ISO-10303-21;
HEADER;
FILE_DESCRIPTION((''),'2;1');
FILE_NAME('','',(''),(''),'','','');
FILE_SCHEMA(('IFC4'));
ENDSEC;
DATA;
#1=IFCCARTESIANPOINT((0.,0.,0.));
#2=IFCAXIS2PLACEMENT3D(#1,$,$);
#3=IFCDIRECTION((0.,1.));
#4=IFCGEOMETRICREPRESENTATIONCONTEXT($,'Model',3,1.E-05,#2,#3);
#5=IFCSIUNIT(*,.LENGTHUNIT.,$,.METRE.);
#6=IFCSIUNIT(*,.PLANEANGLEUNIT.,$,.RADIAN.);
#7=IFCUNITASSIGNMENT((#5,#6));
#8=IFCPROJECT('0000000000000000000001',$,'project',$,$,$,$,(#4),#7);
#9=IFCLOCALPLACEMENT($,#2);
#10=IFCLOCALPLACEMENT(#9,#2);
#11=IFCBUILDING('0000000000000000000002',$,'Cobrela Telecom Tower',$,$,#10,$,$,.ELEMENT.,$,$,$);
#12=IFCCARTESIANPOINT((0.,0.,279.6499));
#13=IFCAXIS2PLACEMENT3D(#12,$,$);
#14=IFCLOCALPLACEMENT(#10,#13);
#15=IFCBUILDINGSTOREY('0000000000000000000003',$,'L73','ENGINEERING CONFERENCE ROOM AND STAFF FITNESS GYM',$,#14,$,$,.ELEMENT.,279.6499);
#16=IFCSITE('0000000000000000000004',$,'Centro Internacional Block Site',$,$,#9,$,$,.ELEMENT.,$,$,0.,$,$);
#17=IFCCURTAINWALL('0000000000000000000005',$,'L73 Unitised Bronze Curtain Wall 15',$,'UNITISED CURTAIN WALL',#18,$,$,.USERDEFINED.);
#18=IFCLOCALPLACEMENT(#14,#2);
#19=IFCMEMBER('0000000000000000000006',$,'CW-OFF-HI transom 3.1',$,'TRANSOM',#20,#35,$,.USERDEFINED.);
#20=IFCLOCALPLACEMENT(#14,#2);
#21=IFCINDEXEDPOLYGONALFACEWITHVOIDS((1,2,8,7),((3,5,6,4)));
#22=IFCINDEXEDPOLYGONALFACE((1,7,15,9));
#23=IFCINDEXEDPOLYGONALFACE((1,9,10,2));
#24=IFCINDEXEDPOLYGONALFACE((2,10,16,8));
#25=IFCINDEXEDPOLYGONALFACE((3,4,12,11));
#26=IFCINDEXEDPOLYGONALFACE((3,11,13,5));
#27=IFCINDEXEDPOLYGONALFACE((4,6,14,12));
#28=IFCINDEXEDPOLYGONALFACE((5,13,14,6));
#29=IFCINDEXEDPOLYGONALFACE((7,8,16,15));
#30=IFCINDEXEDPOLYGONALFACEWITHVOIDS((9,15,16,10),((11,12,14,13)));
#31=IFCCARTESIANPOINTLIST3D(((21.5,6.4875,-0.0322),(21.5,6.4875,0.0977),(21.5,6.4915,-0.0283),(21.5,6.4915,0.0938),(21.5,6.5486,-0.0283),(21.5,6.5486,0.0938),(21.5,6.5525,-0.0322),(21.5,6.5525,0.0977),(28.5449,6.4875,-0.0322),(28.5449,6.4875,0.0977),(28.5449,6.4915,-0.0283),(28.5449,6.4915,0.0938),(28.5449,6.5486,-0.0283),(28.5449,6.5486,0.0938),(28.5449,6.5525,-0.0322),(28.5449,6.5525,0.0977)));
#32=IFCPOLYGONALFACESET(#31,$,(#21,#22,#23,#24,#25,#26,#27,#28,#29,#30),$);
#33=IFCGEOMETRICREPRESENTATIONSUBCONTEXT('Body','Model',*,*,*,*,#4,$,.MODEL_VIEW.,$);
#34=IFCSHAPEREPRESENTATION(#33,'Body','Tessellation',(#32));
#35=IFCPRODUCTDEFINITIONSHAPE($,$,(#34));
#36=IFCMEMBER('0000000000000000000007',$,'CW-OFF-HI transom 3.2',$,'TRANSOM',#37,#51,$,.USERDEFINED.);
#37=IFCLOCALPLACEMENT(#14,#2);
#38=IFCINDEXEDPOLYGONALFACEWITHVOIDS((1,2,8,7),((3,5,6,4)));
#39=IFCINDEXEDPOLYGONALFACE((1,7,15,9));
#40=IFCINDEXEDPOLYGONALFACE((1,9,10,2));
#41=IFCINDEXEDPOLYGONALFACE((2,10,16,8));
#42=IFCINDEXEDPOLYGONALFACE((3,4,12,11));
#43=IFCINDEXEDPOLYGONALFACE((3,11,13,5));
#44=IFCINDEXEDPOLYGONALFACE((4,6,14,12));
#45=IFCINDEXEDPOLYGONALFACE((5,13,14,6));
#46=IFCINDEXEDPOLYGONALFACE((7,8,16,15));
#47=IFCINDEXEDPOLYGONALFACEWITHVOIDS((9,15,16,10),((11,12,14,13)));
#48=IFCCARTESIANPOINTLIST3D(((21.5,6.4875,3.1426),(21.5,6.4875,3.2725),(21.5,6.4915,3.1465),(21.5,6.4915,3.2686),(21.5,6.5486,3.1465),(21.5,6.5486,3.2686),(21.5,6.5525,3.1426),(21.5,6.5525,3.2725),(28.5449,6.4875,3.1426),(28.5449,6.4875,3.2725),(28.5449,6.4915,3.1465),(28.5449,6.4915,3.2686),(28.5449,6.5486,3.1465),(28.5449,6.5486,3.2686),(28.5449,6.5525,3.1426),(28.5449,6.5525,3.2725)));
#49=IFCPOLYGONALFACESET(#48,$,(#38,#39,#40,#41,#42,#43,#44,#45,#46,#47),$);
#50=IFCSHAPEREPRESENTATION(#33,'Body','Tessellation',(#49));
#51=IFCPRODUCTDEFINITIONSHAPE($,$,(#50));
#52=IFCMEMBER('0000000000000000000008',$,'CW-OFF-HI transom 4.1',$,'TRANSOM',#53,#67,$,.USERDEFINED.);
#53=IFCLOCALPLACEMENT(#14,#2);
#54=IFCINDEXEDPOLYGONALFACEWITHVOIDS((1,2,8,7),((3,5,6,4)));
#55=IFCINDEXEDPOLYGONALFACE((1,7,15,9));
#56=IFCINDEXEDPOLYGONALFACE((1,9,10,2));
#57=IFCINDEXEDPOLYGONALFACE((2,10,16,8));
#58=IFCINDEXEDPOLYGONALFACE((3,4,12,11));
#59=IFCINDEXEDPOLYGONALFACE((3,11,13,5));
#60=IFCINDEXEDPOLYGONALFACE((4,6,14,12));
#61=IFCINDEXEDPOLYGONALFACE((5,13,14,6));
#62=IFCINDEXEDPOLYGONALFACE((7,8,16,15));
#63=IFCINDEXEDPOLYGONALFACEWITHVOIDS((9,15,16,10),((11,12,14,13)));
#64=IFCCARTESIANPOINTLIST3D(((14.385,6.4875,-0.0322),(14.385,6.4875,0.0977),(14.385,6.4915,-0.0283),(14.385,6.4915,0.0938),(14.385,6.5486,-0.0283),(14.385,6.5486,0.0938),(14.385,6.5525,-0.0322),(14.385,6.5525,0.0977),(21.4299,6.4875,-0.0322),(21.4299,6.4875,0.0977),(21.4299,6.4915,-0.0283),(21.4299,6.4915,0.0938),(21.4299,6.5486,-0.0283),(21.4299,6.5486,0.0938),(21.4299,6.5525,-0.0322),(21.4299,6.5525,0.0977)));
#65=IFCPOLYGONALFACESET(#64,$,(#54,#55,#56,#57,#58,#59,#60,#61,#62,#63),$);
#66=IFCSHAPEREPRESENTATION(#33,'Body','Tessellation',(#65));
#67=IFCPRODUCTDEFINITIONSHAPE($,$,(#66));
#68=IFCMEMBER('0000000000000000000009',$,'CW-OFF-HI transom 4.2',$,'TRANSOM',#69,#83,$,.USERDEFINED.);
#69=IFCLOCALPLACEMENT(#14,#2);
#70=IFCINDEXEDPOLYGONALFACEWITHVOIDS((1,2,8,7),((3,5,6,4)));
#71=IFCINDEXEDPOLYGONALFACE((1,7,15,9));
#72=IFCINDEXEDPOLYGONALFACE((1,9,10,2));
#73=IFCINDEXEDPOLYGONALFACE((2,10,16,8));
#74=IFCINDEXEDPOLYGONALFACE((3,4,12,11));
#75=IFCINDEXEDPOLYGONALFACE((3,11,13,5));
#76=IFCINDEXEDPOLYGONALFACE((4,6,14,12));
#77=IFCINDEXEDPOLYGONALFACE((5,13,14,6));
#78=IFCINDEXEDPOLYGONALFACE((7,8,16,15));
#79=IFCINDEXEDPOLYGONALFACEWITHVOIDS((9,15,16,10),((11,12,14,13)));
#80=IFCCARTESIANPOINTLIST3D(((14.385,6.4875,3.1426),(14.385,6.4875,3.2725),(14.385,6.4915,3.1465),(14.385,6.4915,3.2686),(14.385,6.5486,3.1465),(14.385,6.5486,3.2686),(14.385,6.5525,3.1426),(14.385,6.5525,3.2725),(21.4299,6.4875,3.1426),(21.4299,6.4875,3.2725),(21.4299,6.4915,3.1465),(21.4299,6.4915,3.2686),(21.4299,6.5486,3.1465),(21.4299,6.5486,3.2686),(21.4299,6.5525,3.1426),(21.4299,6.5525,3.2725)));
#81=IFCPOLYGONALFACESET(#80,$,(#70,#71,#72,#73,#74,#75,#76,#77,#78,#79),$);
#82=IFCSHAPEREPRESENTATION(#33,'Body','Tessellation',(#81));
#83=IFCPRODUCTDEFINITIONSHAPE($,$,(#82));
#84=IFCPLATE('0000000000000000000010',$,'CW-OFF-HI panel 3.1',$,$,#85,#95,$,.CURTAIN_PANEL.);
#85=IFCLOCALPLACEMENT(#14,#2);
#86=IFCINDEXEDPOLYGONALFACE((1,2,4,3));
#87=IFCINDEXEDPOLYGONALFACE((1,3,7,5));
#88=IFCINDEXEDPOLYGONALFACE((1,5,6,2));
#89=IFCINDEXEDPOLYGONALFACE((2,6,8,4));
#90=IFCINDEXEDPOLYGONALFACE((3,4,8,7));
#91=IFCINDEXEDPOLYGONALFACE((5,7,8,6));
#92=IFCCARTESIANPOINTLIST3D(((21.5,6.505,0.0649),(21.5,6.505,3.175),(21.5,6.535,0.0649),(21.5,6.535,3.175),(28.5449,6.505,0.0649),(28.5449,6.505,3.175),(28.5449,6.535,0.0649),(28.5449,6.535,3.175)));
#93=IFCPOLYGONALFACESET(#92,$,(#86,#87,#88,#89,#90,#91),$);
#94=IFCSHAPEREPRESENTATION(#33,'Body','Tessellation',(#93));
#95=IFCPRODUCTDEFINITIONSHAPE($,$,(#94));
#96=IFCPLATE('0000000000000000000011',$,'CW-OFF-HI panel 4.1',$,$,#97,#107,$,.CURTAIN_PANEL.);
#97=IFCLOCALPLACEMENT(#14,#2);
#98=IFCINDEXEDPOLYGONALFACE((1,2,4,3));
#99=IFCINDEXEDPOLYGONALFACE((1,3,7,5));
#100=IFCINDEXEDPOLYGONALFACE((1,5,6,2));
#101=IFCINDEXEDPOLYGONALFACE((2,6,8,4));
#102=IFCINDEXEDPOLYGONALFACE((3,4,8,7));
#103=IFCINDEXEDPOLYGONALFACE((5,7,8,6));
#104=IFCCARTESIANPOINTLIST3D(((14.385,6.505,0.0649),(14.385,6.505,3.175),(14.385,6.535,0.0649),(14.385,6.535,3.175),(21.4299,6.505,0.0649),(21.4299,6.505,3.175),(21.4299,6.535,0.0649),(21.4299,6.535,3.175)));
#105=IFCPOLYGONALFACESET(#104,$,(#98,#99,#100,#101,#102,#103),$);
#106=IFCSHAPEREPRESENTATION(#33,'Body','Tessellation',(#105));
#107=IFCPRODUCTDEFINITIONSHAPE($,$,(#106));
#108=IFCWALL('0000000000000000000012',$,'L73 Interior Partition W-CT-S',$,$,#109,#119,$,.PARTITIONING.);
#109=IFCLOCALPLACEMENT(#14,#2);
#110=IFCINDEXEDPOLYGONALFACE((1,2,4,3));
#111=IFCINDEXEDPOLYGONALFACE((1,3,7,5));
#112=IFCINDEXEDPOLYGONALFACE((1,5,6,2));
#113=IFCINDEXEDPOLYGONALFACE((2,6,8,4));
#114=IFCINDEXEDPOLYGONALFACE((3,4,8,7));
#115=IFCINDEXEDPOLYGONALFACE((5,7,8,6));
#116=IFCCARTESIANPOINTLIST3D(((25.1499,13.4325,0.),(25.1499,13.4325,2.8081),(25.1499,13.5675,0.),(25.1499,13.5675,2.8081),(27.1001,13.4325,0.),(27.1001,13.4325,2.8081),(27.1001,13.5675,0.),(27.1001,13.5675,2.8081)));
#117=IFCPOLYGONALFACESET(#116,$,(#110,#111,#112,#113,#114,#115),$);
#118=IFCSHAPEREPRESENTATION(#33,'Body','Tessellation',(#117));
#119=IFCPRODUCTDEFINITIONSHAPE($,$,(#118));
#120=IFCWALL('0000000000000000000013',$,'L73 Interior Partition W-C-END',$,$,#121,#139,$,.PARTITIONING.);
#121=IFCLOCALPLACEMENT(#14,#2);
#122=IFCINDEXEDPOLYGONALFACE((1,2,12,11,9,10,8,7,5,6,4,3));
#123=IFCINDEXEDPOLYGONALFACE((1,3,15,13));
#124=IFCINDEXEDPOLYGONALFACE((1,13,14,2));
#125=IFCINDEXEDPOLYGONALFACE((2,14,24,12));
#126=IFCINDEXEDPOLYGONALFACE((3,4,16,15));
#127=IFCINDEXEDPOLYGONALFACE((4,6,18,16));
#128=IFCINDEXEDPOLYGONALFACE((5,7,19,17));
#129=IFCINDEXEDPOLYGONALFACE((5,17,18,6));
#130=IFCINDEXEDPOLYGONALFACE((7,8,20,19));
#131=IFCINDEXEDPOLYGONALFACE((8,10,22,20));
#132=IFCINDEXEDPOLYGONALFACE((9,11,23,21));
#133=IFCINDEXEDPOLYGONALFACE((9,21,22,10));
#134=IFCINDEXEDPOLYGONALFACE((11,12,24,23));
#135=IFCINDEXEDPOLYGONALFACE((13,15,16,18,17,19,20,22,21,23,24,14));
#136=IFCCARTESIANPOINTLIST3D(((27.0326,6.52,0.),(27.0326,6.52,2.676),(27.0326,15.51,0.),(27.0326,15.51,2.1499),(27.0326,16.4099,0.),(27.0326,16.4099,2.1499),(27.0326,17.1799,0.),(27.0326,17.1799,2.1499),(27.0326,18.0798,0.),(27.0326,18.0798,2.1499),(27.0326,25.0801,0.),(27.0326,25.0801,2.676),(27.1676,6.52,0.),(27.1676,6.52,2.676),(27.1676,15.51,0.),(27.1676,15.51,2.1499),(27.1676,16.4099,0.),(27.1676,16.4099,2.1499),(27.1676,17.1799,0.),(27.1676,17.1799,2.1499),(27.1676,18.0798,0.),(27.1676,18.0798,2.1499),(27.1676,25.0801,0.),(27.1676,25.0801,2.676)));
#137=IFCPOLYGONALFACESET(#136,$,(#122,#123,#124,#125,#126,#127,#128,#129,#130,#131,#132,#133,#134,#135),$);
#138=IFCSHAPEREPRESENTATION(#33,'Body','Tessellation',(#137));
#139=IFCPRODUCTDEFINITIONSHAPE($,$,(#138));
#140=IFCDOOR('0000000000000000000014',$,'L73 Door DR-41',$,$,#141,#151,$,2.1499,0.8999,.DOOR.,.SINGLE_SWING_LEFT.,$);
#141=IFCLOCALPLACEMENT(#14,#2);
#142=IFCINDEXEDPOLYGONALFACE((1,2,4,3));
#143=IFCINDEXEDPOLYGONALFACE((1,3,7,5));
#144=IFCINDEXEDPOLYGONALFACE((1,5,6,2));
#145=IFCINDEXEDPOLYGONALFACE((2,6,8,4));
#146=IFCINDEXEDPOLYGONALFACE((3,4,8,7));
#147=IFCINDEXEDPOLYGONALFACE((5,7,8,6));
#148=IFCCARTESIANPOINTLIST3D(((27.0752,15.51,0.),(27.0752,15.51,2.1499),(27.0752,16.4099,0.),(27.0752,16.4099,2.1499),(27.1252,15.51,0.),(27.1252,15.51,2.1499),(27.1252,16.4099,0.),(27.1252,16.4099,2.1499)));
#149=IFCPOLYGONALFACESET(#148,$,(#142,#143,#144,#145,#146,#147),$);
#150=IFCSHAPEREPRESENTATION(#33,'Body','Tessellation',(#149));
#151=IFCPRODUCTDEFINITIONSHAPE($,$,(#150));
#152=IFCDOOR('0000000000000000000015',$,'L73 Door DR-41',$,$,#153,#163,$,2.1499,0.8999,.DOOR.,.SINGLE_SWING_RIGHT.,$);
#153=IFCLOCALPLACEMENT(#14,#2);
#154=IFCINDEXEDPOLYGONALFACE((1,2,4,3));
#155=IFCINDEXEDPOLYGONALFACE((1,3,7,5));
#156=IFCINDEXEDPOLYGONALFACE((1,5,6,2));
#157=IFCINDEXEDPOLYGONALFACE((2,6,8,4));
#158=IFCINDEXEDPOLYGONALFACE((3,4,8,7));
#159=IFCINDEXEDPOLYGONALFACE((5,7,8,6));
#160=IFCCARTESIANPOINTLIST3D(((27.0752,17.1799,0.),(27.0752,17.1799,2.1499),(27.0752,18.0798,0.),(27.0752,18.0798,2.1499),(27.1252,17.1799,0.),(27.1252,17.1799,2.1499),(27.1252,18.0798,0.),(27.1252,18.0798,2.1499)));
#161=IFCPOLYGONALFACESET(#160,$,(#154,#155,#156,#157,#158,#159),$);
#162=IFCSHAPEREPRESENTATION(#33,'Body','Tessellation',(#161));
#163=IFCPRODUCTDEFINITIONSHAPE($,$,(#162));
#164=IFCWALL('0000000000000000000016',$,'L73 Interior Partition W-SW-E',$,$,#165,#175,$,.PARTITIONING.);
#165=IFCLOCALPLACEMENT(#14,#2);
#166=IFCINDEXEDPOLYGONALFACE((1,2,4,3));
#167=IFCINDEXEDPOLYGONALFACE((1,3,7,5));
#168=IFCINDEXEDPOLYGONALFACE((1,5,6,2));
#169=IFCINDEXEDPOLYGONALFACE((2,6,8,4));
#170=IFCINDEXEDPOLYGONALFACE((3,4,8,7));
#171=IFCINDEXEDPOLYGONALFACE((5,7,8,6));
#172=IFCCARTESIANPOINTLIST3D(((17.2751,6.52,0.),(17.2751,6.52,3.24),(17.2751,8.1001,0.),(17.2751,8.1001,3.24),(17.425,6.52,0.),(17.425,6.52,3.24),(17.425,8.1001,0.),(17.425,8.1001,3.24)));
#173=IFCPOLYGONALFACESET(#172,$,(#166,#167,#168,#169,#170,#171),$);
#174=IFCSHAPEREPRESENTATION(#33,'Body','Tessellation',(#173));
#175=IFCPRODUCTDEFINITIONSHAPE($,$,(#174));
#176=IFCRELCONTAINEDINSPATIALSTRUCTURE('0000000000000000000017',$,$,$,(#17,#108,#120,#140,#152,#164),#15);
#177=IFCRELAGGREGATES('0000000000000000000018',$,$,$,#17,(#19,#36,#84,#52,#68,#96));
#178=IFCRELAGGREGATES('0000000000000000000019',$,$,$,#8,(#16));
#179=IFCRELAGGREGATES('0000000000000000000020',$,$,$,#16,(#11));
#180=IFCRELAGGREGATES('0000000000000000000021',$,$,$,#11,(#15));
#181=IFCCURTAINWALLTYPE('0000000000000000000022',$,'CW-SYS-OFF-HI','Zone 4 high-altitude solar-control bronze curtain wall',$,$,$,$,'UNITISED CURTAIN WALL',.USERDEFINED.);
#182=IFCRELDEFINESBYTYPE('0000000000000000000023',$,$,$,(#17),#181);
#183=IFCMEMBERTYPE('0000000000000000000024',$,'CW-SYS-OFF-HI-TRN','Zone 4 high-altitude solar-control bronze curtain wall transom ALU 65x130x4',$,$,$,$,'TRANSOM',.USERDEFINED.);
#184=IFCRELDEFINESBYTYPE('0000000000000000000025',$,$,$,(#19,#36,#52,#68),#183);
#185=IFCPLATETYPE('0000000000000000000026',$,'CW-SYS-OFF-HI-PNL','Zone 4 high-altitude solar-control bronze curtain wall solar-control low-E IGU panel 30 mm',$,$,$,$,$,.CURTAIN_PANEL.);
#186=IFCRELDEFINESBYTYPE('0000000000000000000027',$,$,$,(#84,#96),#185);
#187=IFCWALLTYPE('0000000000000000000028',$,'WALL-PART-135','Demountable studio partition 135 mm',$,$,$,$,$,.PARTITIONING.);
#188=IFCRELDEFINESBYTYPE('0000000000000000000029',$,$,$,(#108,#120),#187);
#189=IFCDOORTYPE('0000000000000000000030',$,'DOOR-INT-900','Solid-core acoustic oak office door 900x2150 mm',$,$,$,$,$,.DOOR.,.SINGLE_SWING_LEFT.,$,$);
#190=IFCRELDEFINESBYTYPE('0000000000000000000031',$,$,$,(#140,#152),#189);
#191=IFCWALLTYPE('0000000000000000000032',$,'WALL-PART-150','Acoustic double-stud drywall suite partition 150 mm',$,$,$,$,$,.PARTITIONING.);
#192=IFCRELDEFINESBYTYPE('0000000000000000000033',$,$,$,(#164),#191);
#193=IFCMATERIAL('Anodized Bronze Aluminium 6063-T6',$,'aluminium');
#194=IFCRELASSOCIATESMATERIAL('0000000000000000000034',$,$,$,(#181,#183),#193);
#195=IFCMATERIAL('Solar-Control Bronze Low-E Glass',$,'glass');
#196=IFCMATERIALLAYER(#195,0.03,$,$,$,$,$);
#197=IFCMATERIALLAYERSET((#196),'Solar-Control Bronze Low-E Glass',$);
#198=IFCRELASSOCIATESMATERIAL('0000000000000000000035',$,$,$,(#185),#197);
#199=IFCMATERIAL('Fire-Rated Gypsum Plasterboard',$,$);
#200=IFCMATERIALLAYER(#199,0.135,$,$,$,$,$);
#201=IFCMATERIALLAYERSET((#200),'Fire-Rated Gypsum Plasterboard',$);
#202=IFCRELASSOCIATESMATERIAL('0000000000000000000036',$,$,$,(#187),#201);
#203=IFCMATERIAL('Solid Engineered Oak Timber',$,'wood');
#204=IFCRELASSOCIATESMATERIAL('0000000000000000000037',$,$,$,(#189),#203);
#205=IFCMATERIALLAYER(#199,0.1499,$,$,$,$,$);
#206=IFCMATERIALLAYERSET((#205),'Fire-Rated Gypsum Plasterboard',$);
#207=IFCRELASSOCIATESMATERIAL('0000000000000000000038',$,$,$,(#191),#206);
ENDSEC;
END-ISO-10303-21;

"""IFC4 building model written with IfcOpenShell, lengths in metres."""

from ifc_helpers import new_model, si_unit, direction, frame, frame_2d, origin, origin_2d, place, context, subcontext, project, spatial, rectangle, hollow_rectangle, extrude, material, layer, layer_set, material_profile, profile_set, type_object, element, fill, aggregate, save


model = new_model("IFC4")

# Units and contexts
model_context = context("Model", 3, precision=1e-05, world=origin(), true_north=direction((0.0, 1.0)))
body_context = subcontext(model_context, "Body", "Model", "MODEL_VIEW")
ifc_project = project(units=[si_unit("LENGTHUNIT", "METRE"), si_unit("PLANEANGLEUNIT", "RADIAN")], contexts=[model_context])

# Site, building, storey
site_placement = place(None, origin())
site = spatial("IfcSite", under=ifc_project, at=site_placement, Name="Centro Internacional Block Site", CompositionType="ELEMENT", RefElevation=0.0)
building_placement = place(site_placement, origin())
building = spatial("IfcBuilding", under=site, at=building_placement, Name="Cobrela Telecom Tower", CompositionType="ELEMENT")
storey_placement = place(building_placement, frame((0.0, 0.0, 279.6499)))
storey = spatial("IfcBuildingStorey", under=building, at=storey_placement, Name="L73", Description="ENGINEERING CONFERENCE ROOM AND STAFF FITNESS GYM", CompositionType="ELEMENT", Elevation=279.6499)

# Curtain wall, members, plates
ifc_material_1 = material(Name="Anodized Bronze Aluminium 6063-T6", Category="aluminium")
curtain_wall_type = type_object("IfcCurtainWallType", Name="CW-SYS-OFF-HI", Description="Zone 4 high-altitude solar-control bronze curtain wall", ElementType="UNITISED CURTAIN WALL", PredefinedType="USERDEFINED", material=ifc_material_1)
curtain_wall_placement = place(storey_placement, origin())
curtain_wall = element("IfcCurtainWall", 1, at=curtain_wall_placement, inside=storey, type_object=curtain_wall_type, Name="L73 Unitised Bronze Curtain Wall 15", ObjectType="UNITISED CURTAIN WALL", PredefinedType="USERDEFINED")
ifc_material_profile_1 = material_profile(ifc_material_1, hollow_rectangle(XDim=0.0649, YDim=0.1299, WallThickness=0.0039, at=origin_2d()), Name="ALU 65x130x4")
ifc_profile_set_1 = profile_set([ifc_material_profile_1], Name="Anodized Bronze Aluminium 6063-T6")
member_type_1 = type_object("IfcMemberType", Name="CW-SYS-OFF-HI-TRN", Description="Zone 4 high-altitude solar-control bronze curtain wall transom ALU 65x130x4", ElementType="TRANSOM", PredefinedType="USERDEFINED", material=ifc_profile_set_1)
member_1_placement = place(storey_placement, frame((28.5449, 6.52, 0.0327), z_axis=(-1.0, 0.0, 0.0), x_axis=(0.0, -1.0, 0.0)))
member_1 = element("IfcMember", 2, at=member_1_placement, type_object=member_type_1, Name="CW-OFF-HI transom 3.1", ObjectType="TRANSOM", PredefinedType="USERDEFINED", context=body_context, shape_type="SweptSolid", body=[
    extrude(hollow_rectangle(XDim=0.0649, YDim=0.1299, WallThickness=0.0039, at=origin_2d()), origin(), (0.0, 0.0, 1.0), 7.0449),
])
member_2_placement = place(storey_placement, frame((28.5449, 6.52, 3.2075), z_axis=(-1.0, 0.0, 0.0), x_axis=(0.0, -1.0, 0.0)))
member_2 = element("IfcMember", 3, at=member_2_placement, type_object=member_type_1, Name="CW-OFF-HI transom 3.2", ObjectType="TRANSOM", PredefinedType="USERDEFINED", context=body_context, shape_type="SweptSolid", body=[
    extrude(hollow_rectangle(XDim=0.0649, YDim=0.1299, WallThickness=0.0039, at=origin_2d()), origin(), (0.0, 0.0, 1.0), 7.0449),
])
member_3_placement = place(storey_placement, frame((21.4299, 6.52, 0.0327), z_axis=(-1.0, 0.0, 0.0), x_axis=(0.0, -1.0, 0.0)))
member_3 = element("IfcMember", 4, at=member_3_placement, type_object=member_type_1, Name="CW-OFF-HI transom 4.1", ObjectType="TRANSOM", PredefinedType="USERDEFINED", context=body_context, shape_type="SweptSolid", body=[
    extrude(hollow_rectangle(XDim=0.0649, YDim=0.1299, WallThickness=0.0039, at=origin_2d()), origin(), (0.0, 0.0, 1.0), 7.0449),
])
member_4_placement = place(storey_placement, frame((21.4299, 6.52, 3.2075), z_axis=(-1.0, 0.0, 0.0), x_axis=(0.0, -1.0, 0.0)))
member_4 = element("IfcMember", 5, at=member_4_placement, type_object=member_type_1, Name="CW-OFF-HI transom 4.2", ObjectType="TRANSOM", PredefinedType="USERDEFINED", context=body_context, shape_type="SweptSolid", body=[
    extrude(hollow_rectangle(XDim=0.0649, YDim=0.1299, WallThickness=0.0039, at=origin_2d()), origin(), (0.0, 0.0, 1.0), 7.0449),
])
ifc_material_2 = material(Name="Solar-Control Bronze Low-E Glass", Category="glass")
ifc_layer_1 = layer(ifc_material_2, 0.03)
ifc_layer_set_1 = layer_set([ifc_layer_1], Name="Solar-Control Bronze Low-E Glass")
plate_type = type_object("IfcPlateType", Name="CW-SYS-OFF-HI-PNL", Description="Zone 4 high-altitude solar-control bronze curtain wall solar-control low-E IGU panel 30 mm", PredefinedType="CURTAIN_PANEL", material=ifc_layer_set_1)
plate_1_placement = place(storey_placement, frame((25.0225, 6.52, 0.0649), z_axis=(0.0, 0.0, 1.0), x_axis=(-1.0, 0.0, 0.0)))
plate_1 = element("IfcPlate", 6, at=plate_1_placement, type_object=plate_type, Name="CW-OFF-HI panel 3.1", PredefinedType="CURTAIN_PANEL", context=body_context, shape_type="SweptSolid", body=[
    extrude(rectangle(XDim=7.0449, YDim=0.03, at=origin_2d()), origin(), (0.0, 0.0, 1.0), 3.1101),
])
plate_2_placement = place(storey_placement, frame((17.9075, 6.52, 0.0649), z_axis=(0.0, 0.0, 1.0), x_axis=(-1.0, 0.0, 0.0)))
plate_2 = element("IfcPlate", 7, at=plate_2_placement, type_object=plate_type, Name="CW-OFF-HI panel 4.1", PredefinedType="CURTAIN_PANEL", context=body_context, shape_type="SweptSolid", body=[
    extrude(rectangle(XDim=7.0449, YDim=0.03, at=origin_2d()), origin(), (0.0, 0.0, 1.0), 3.1101),
])
aggregate(curtain_wall, [member_1, member_2, plate_1, member_3, member_4, plate_2])

# Wall
ifc_material_3 = material(Name="Fire-Rated Gypsum Plasterboard")
ifc_layer_2 = layer(ifc_material_3, 0.135)
ifc_layer_set_2 = layer_set([ifc_layer_2], Name="Fire-Rated Gypsum Plasterboard")
wall_type_1 = type_object("IfcWallType", Name="WALL-PART-135", Description="Demountable studio partition 135 mm", PredefinedType="PARTITIONING", material=ifc_layer_set_2)
wall_1_placement = place(storey_placement, frame((25.1499, 13.5, 0.0), z_axis=(0.0, 0.0, 1.0), x_axis=(1.0, 0.0, 0.0)))
element("IfcWall", 8, at=wall_1_placement, inside=storey, type_object=wall_type_1, Name="L73 Interior Partition W-CT-S", PredefinedType="PARTITIONING", context=body_context, shape_type="SweptSolid", body=[
    extrude(rectangle(XDim=1.9502, YDim=0.135, at=frame_2d((0.9751, 0.0))), origin(), (0.0, 0.0, 1.0), 2.8081),
])

# Wall, openings, doors
wall_2_placement = place(storey_placement, frame((27.1001, 6.52, 0.0), z_axis=(0.0, 0.0, 1.0), x_axis=(0.0, 1.0, 0.0)))
wall_2 = element("IfcWall", 9, at=wall_2_placement, inside=storey, type_object=wall_type_1, Name="L73 Interior Partition W-C-END", PredefinedType="PARTITIONING", context=body_context, shape_type="SweptSolid", body=[
    extrude(rectangle(XDim=18.5601, YDim=0.135, at=frame_2d((9.28, 0.0))), origin(), (0.0, 0.0, 1.0), 2.676),
])
opening_1_placement = place(wall_2_placement, frame((8.99, 0.0, 0.0)))
opening_1 = element("IfcOpeningElement", 10, at=opening_1_placement, cuts=wall_2, PredefinedType="OPENING", context=body_context, shape_type="SweptSolid", body=[
    extrude(rectangle(XDim=0.8999, YDim=2.1499, at=frame_2d((0.45, 1.075))), frame((0.0, 0.0796, 0.0), z_axis=(0.0, -1.0, 0.0), x_axis=(1.0, 0.0, 0.0)), (0.0, 0.0, 1.0), 0.1589),
])
opening_2_placement = place(wall_2_placement, frame((10.6599, 0.0, 0.0)))
opening_2 = element("IfcOpeningElement", 11, at=opening_2_placement, cuts=wall_2, PredefinedType="OPENING", context=body_context, shape_type="SweptSolid", body=[
    extrude(rectangle(XDim=0.8999, YDim=2.1499, at=frame_2d((0.45, 1.075))), frame((0.0, 0.0796, 0.0), z_axis=(0.0, -1.0, 0.0), x_axis=(1.0, 0.0, 0.0)), (0.0, 0.0, 1.0), 0.1589),
])
ifc_material_4 = material(Name="Solid Engineered Oak Timber", Category="wood")
door_type = type_object("IfcDoorType", Name="DOOR-INT-900", Description="Solid-core acoustic oak office door 900x2150 mm", OperationType="SINGLE_SWING_LEFT", PredefinedType="DOOR", material=ifc_material_4)
door_1_placement = place(opening_1_placement, origin())
door_1 = element("IfcDoor", 12, at=door_1_placement, inside=storey, type_object=door_type, Name="L73 Door DR-41", OperationType="SINGLE_SWING_LEFT", OverallHeight=2.1499, OverallWidth=0.8999, PredefinedType="DOOR", context=body_context, shape_type="SweptSolid", body=[
    extrude(rectangle(XDim=0.8999, YDim=2.1499, at=frame_2d((0.45, 1.075))), frame((0.0, 0.0249, 0.0), z_axis=(0.0, -1.0, 0.0), x_axis=(1.0, 0.0, 0.0)), (0.0, 0.0, 1.0), 0.05),
])
fill(opening_1, door_1)
door_2_placement = place(opening_2_placement, origin())
door_2 = element("IfcDoor", 13, at=door_2_placement, inside=storey, type_object=door_type, Name="L73 Door DR-41", OperationType="SINGLE_SWING_RIGHT", OverallHeight=2.1499, OverallWidth=0.8999, PredefinedType="DOOR", context=body_context, shape_type="SweptSolid", body=[
    extrude(rectangle(XDim=0.8999, YDim=2.1499, at=frame_2d((0.45, 1.075))), frame((0.0, 0.0249, 0.0), z_axis=(0.0, -1.0, 0.0), x_axis=(1.0, 0.0, 0.0)), (0.0, 0.0, 1.0), 0.05),
])
fill(opening_2, door_2)

# Wall
ifc_layer_3 = layer(ifc_material_3, 0.1499)
ifc_layer_set_3 = layer_set([ifc_layer_3], Name="Fire-Rated Gypsum Plasterboard")
wall_type_2 = type_object("IfcWallType", Name="WALL-PART-150", Description="Acoustic double-stud drywall suite partition 150 mm", PredefinedType="PARTITIONING", material=ifc_layer_set_3)
wall_3_placement = place(storey_placement, frame((17.3501, 6.52, 0.0), z_axis=(0.0, 0.0, 1.0), x_axis=(0.0, 1.0, 0.0)))
element("IfcWall", 14, at=wall_3_placement, inside=storey, type_object=wall_type_2, Name="L73 Interior Partition W-SW-E", PredefinedType="PARTITIONING", context=body_context, shape_type="SweptSolid", body=[
    extrude(rectangle(XDim=1.5801, YDim=0.1499, at=frame_2d((0.79, 0.0))), origin(), (0.0, 0.0, 1.0), 3.24),
])

save(model, "model.ifc")
